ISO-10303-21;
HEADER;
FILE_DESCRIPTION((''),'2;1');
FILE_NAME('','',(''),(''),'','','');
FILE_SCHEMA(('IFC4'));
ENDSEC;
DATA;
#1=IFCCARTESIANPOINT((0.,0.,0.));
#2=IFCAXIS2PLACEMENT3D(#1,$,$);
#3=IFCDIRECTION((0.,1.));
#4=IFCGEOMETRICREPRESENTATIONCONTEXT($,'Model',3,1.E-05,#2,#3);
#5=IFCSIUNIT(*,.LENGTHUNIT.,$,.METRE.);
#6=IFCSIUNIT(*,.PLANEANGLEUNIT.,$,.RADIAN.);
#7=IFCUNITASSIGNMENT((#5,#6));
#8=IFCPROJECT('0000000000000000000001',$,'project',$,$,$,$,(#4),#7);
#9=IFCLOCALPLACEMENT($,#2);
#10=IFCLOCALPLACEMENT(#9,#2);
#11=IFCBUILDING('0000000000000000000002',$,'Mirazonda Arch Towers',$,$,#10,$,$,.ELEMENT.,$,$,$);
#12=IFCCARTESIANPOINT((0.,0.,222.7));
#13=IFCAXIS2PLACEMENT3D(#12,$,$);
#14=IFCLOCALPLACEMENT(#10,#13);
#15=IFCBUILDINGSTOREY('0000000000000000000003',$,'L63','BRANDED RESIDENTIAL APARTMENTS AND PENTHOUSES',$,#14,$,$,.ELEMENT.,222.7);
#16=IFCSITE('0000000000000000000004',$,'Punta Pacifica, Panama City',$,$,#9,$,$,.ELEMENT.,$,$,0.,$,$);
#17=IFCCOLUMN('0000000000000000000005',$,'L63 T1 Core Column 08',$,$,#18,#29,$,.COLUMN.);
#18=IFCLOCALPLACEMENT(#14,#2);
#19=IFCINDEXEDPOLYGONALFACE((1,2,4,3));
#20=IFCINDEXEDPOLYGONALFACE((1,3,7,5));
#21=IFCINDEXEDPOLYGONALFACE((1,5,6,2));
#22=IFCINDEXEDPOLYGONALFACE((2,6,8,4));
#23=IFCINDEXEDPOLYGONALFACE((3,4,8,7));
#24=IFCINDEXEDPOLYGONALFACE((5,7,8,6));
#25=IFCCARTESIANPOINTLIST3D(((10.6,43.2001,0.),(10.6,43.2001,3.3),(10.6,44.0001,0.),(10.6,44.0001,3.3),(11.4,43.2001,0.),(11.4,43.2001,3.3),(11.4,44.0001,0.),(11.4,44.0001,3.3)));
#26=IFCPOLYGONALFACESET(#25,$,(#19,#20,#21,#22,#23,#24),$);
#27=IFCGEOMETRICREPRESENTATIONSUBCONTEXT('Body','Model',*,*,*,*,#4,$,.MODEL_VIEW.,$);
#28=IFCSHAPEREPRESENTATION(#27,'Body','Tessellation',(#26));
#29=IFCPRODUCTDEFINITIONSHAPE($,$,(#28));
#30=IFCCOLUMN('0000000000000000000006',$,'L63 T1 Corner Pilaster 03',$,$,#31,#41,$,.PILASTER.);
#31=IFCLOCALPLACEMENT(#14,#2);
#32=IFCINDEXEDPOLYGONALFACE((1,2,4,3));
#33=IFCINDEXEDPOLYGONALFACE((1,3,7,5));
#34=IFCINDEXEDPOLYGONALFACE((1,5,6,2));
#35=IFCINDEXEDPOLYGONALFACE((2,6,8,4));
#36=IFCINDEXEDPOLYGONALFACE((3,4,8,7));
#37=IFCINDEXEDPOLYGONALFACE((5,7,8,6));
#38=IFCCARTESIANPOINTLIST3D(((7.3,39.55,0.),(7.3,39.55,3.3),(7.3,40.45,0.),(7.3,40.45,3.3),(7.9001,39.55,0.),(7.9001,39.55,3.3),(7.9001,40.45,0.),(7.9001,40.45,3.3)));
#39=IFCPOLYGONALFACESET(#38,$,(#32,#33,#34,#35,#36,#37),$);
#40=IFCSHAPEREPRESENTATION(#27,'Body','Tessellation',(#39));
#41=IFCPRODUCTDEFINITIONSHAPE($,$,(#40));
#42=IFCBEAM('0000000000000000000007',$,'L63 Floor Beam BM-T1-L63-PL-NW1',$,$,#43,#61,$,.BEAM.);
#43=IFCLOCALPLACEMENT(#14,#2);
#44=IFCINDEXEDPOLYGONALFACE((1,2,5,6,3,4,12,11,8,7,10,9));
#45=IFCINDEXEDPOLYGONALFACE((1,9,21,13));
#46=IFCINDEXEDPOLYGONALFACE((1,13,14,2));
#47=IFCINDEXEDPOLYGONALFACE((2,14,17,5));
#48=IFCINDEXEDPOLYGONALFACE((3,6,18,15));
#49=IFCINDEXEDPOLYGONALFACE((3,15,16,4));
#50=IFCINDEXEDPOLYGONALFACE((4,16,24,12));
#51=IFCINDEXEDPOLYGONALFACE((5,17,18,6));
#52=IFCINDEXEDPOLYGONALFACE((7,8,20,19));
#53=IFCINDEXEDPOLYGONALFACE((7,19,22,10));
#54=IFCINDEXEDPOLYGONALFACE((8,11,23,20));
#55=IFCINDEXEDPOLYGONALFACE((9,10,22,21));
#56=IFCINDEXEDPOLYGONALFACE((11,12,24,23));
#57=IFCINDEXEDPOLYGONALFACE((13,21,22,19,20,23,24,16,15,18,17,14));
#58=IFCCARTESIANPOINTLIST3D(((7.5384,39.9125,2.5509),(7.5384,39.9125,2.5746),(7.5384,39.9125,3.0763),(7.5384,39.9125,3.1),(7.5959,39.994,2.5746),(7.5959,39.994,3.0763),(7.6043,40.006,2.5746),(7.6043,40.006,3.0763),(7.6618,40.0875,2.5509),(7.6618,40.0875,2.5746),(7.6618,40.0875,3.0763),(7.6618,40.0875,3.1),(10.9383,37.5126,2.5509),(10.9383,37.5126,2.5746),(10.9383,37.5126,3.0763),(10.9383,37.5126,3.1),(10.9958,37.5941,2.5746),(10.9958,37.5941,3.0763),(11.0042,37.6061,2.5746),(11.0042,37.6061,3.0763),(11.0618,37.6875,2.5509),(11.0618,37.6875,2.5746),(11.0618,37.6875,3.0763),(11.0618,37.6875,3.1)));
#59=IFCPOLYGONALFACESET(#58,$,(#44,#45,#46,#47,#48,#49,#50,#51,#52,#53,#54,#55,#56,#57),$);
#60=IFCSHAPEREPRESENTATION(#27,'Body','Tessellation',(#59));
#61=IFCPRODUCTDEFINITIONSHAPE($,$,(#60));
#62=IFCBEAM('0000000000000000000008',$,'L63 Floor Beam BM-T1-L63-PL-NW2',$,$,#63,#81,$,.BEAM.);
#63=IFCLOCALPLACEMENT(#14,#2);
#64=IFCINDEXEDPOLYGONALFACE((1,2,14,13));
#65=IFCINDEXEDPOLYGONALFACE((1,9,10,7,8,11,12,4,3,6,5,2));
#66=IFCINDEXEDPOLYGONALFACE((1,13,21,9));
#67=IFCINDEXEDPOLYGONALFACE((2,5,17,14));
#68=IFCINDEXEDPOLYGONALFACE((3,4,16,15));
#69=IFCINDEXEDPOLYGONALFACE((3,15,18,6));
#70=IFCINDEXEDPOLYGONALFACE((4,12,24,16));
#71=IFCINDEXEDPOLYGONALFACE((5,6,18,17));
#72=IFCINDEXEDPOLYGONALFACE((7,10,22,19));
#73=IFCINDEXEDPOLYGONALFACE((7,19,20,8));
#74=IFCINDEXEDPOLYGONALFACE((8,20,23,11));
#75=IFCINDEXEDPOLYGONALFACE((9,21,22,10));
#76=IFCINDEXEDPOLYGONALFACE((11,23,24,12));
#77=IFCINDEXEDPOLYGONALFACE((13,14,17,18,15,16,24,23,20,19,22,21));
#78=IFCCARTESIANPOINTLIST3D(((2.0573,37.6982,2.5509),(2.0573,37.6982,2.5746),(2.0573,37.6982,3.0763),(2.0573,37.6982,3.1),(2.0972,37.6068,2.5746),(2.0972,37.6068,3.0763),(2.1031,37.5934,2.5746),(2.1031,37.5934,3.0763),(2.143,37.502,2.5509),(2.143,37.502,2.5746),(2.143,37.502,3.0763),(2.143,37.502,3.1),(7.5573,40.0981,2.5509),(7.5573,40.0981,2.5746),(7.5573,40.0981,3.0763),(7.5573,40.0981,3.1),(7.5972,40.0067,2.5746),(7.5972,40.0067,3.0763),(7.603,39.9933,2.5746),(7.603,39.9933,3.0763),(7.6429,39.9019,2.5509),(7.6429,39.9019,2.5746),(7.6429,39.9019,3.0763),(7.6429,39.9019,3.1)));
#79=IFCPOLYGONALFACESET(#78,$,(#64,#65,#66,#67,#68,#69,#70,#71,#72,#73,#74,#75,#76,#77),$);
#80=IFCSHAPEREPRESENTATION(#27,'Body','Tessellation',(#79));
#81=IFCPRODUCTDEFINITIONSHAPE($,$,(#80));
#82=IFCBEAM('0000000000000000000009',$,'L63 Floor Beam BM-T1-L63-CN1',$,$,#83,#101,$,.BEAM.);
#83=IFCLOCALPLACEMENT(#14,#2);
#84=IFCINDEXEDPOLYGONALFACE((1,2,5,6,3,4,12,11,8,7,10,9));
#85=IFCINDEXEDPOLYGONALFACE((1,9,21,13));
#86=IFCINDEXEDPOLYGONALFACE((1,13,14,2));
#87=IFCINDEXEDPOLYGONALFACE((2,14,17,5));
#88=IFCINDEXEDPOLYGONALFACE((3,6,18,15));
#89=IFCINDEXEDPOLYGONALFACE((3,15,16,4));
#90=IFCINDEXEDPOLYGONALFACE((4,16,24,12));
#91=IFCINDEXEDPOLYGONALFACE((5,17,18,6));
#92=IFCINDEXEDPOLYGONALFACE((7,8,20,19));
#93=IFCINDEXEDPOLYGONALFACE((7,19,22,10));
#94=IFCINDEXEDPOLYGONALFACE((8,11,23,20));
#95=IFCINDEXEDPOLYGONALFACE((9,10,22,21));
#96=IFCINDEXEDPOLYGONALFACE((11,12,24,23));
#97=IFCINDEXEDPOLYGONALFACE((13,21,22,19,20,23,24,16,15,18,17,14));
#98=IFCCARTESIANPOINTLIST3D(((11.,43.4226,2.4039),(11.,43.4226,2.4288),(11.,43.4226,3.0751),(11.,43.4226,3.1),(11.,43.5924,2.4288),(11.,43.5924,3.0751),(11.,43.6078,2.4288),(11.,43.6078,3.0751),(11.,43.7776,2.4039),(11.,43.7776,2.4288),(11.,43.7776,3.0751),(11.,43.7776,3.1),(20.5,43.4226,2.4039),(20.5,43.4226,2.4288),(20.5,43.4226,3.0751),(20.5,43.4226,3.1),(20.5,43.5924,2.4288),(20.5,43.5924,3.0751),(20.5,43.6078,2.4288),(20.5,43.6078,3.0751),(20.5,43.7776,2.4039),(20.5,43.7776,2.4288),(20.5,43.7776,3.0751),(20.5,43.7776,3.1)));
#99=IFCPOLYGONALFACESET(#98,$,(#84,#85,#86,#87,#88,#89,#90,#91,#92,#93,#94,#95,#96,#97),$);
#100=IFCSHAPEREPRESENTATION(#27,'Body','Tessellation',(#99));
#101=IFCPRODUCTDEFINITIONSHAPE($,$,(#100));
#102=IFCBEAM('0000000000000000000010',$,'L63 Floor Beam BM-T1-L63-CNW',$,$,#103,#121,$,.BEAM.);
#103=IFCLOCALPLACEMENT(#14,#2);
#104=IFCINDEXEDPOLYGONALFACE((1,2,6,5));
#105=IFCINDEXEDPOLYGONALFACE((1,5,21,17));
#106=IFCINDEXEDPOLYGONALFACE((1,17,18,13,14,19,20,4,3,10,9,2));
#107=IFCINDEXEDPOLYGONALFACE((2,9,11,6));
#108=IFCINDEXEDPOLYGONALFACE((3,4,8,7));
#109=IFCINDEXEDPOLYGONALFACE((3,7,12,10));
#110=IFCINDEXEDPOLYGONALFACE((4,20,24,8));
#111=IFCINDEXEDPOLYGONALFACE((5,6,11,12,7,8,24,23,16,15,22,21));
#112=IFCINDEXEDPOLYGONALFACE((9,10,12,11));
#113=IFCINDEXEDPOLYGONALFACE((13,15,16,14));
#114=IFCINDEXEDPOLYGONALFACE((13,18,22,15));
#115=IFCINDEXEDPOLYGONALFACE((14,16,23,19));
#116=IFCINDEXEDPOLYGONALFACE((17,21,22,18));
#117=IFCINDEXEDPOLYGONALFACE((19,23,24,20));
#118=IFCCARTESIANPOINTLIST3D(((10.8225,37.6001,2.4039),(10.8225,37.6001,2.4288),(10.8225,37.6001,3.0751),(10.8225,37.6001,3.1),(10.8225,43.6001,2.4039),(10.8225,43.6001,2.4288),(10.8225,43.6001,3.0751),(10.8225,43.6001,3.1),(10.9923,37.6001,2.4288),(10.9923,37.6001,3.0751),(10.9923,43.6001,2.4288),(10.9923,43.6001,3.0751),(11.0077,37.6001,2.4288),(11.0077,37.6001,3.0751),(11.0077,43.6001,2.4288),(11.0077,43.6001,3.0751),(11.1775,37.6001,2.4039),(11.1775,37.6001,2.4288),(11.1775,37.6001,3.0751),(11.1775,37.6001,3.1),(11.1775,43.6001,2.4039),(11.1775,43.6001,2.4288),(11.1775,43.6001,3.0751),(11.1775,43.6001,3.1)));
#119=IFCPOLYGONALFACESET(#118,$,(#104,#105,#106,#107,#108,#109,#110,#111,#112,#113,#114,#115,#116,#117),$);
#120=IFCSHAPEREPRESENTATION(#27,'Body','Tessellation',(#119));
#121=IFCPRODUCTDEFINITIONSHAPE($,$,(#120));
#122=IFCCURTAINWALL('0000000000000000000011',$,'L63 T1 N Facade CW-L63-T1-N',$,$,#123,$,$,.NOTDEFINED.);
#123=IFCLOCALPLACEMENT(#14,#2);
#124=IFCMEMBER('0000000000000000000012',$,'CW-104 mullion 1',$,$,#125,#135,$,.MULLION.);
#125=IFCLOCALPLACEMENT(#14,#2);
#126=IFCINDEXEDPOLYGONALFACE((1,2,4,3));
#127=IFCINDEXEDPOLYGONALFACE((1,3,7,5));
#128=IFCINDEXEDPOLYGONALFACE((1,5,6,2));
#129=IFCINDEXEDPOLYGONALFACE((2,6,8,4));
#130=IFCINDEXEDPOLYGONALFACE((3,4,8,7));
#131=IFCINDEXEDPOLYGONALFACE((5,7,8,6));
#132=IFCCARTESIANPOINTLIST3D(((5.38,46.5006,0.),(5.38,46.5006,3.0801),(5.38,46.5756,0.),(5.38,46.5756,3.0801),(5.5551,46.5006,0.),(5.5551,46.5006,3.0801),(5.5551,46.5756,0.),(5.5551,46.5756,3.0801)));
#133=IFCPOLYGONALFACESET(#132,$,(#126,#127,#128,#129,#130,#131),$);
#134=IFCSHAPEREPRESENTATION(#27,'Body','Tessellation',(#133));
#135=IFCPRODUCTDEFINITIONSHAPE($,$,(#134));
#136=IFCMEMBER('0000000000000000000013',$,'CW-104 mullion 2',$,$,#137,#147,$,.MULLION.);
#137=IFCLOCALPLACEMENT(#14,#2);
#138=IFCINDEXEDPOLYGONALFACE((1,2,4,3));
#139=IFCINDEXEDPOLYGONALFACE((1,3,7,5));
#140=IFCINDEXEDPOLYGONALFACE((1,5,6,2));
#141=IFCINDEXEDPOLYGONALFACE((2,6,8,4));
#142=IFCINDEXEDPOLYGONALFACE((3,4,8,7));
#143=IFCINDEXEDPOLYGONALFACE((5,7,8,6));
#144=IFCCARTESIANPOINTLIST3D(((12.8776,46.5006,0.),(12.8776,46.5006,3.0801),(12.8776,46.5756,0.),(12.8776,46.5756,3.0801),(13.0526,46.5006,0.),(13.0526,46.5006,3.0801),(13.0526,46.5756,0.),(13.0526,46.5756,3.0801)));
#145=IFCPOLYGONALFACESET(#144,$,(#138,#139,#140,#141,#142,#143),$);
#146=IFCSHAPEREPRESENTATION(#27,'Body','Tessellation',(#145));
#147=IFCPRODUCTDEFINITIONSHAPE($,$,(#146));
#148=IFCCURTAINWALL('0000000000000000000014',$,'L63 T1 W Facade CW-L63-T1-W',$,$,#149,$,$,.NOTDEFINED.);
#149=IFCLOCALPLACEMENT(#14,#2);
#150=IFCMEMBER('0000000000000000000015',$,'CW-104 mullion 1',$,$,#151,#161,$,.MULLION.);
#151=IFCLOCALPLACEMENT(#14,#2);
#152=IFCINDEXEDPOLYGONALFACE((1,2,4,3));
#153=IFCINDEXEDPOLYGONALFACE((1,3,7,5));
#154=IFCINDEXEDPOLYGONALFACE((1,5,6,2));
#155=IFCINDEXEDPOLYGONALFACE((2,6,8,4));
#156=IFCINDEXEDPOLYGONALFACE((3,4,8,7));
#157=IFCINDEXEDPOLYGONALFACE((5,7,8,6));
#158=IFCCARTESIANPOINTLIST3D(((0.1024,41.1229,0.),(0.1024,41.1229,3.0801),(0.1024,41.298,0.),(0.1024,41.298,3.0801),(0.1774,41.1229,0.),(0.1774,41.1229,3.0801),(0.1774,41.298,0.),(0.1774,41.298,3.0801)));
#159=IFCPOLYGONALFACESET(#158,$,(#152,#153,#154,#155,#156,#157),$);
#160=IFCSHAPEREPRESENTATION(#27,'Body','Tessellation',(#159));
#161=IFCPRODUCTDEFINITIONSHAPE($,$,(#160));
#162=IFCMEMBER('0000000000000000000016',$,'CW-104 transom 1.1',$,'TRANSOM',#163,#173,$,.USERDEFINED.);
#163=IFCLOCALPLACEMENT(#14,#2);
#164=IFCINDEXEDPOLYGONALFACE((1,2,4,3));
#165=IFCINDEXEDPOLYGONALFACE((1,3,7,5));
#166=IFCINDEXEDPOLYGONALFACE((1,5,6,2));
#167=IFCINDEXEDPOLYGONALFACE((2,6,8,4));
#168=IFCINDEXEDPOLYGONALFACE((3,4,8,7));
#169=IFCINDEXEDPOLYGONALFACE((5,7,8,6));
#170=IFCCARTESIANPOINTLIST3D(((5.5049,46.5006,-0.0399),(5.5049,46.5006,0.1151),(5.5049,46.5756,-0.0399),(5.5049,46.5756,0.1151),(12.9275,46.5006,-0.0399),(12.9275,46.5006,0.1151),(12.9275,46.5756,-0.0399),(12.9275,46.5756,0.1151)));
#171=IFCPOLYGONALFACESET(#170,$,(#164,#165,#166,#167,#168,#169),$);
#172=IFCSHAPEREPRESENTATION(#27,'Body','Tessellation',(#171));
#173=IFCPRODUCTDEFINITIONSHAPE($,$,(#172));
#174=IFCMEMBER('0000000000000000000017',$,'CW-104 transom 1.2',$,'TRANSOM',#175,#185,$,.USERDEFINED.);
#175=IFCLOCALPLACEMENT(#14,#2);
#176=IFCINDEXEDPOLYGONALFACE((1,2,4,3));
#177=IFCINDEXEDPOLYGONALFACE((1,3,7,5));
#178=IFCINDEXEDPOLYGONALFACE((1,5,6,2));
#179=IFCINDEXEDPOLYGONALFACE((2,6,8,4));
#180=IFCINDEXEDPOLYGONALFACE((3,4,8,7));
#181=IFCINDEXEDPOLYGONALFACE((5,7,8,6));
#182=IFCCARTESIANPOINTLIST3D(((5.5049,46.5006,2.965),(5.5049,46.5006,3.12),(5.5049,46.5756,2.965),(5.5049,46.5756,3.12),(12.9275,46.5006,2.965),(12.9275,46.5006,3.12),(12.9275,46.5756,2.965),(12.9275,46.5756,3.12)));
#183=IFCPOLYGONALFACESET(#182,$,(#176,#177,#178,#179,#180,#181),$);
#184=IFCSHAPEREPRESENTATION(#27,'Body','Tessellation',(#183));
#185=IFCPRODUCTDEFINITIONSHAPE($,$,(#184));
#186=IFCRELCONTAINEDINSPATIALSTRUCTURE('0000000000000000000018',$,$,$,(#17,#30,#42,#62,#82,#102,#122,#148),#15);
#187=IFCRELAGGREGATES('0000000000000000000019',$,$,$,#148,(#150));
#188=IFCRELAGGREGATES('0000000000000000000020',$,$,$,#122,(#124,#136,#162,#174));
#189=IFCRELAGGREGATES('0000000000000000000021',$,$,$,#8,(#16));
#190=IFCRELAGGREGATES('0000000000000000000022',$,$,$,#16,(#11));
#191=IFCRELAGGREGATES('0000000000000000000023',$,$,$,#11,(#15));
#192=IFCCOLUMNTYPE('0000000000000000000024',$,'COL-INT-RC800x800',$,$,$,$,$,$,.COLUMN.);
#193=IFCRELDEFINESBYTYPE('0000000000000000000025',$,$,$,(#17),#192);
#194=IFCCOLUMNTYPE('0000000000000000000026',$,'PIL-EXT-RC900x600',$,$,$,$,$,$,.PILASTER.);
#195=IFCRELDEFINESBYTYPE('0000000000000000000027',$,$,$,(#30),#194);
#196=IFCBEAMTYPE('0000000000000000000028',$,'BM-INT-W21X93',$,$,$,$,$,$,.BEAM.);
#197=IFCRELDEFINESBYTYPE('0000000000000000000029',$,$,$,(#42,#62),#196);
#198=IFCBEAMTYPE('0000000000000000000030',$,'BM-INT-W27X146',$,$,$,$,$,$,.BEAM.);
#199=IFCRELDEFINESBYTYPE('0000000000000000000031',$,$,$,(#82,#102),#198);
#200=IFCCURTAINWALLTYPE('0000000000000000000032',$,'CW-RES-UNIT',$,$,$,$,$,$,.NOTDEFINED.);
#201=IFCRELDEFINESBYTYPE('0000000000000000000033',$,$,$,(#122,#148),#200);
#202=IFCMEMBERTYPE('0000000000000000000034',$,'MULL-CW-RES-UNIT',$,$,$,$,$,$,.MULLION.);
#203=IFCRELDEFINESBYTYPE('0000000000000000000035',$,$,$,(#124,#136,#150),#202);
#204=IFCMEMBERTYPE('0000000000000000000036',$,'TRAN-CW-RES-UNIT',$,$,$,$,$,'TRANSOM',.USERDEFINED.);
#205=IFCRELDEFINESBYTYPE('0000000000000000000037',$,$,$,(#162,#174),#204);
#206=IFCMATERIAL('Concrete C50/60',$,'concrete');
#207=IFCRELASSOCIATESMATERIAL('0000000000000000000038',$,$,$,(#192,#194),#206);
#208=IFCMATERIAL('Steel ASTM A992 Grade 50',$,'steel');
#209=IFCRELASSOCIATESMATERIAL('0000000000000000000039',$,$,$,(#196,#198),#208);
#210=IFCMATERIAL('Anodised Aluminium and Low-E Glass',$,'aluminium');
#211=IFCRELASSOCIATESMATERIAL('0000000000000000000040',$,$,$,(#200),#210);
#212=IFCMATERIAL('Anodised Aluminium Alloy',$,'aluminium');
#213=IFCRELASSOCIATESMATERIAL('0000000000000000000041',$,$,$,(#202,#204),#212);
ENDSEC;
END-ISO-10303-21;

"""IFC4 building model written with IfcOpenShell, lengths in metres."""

from ifc_helpers import new_model, si_unit, direction, frame, origin, origin_2d, place, context, subcontext, project, spatial, rectangle, i_section, extrude, material, material_profile, profile_set, type_object, element, aggregate, save


model = new_model("IFC4")

# Units and contexts
model_context = context("Model", 3, precision=1e-05, world=origin(), true_north=direction((0.0, 1.0)))
body_context = subcontext(model_context, "Body", "Model", "MODEL_VIEW")
ifc_project = project(units=[si_unit("LENGTHUNIT", "METRE"), si_unit("PLANEANGLEUNIT", "RADIAN")], contexts=[model_context])

# Site, building, storey
site_placement = place(None, origin())
site = spatial("IfcSite", under=ifc_project, at=site_placement, Name="Punta Pacifica, Panama City", CompositionType="ELEMENT", RefElevation=0.0)
building_placement = place(site_placement, origin())
building = spatial("IfcBuilding", under=site, at=building_placement, Name="Mirazonda Arch Towers", CompositionType="ELEMENT")
storey_placement = place(building_placement, frame((0.0, 0.0, 222.7)))
storey = spatial("IfcBuildingStorey", under=building, at=storey_placement, Name="L63", Description="BRANDED RESIDENTIAL APARTMENTS AND PENTHOUSES", CompositionType="ELEMENT", Elevation=222.7)

# Columns
ifc_material_1 = material(Name="Concrete C50/60", Category="concrete")
ifc_material_profile_1 = material_profile(ifc_material_1, rectangle(XDim=0.8, YDim=0.8, at=origin_2d()), Name="RC800x800")
ifc_profile_set_1 = profile_set([ifc_material_profile_1], Name="Concrete C50/60")
column_type_1 = type_object("IfcColumnType", Name="COL-INT-RC800x800", PredefinedType="COLUMN", material=ifc_profile_set_1)
column_1_placement = place(storey_placement, frame((11.0, 43.6001, 0.0), z_axis=(0.0, 0.0, 1.0), x_axis=(1.0, 0.0, 0.0)))
element("IfcColumn", 1, at=column_1_placement, inside=storey, type_object=column_type_1, Name="L63 T1 Core Column 08", PredefinedType="COLUMN", context=body_context, shape_type="SweptSolid", body=[
    extrude(rectangle(XDim=0.8, YDim=0.8, at=origin_2d()), origin(), (0.0, 0.0, 1.0), 3.3),
])
ifc_material_profile_2 = material_profile(ifc_material_1, rectangle(XDim=0.6001, YDim=0.8999, at=origin_2d()), Name="RC900x600")
ifc_profile_set_2 = profile_set([ifc_material_profile_2], Name="Concrete C50/60")
column_type_2 = type_object("IfcColumnType", Name="PIL-EXT-RC900x600", PredefinedType="PILASTER", material=ifc_profile_set_2)
column_2_placement = place(storey_placement, frame((7.6001, 40.0, 0.0), z_axis=(0.0, 0.0, 1.0), x_axis=(1.0, 0.0, 0.0)))
element("IfcColumn", 2, at=column_2_placement, inside=storey, type_object=column_type_2, Name="L63 T1 Corner Pilaster 03", PredefinedType="PILASTER", context=body_context, shape_type="SweptSolid", body=[
    extrude(rectangle(XDim=0.6001, YDim=0.8999, at=origin_2d()), origin(), (0.0, 0.0, 1.0), 3.3),
])

# Beams
ifc_material_2 = material(Name="Steel ASTM A992 Grade 50", Category="steel")
ifc_material_profile_3 = material_profile(ifc_material_2, i_section(OverallWidth=0.2141, OverallDepth=0.5491, WebThickness=0.0146, FlangeThickness=0.0237, at=origin_2d()), Name="W21X93")
ifc_profile_set_3 = profile_set([ifc_material_profile_3], Name="Steel ASTM A992 Grade 50")
beam_type_1 = type_object("IfcBeamType", Name="BM-INT-W21X93", PredefinedType="BEAM", material=ifc_profile_set_3)
beam_1_placement = place(storey_placement, frame((7.6001, 40.0, 2.8254), z_axis=(0.816971, -0.576679, 0.0), x_axis=(0.576679, 0.816971, 0.0)))
element("IfcBeam", 3, at=beam_1_placement, inside=storey, type_object=beam_type_1, Name="L63 Floor Beam BM-T1-L63-PL-NW1", PredefinedType="BEAM", context=body_context, shape_type="SweptSolid", body=[
    extrude(i_section(OverallWidth=0.2141, OverallDepth=0.5491, WebThickness=0.0146, FlangeThickness=0.0237, at=origin_2d()), origin(), (0.0, 0.0, 1.0), 4.1616),
])
beam_2_placement = place(storey_placement, frame((7.6001, 40.0, 2.8254), z_axis=(-0.916545, -0.399931, 0.0), x_axis=(0.399931, -0.916545, 0.0)))
element("IfcBeam", 4, at=beam_2_placement, inside=storey, type_object=beam_type_1, Name="L63 Floor Beam BM-T1-L63-PL-NW2", PredefinedType="BEAM", context=body_context, shape_type="SweptSolid", body=[
    extrude(i_section(OverallWidth=0.2141, OverallDepth=0.5491, WebThickness=0.0146, FlangeThickness=0.0237, at=origin_2d()), origin(), (0.0, 0.0, 1.0), 6.0007),
])
ifc_material_profile_4 = material_profile(ifc_material_2, i_section(OverallWidth=0.355, OverallDepth=0.696, WebThickness=0.0154, FlangeThickness=0.0249, at=origin_2d()), Name="W27X146")
ifc_profile_set_4 = profile_set([ifc_material_profile_4], Name="Steel ASTM A992 Grade 50")
beam_type_2 = type_object("IfcBeamType", Name="BM-INT-W27X146", PredefinedType="BEAM", material=ifc_profile_set_4)
beam_3_placement = place(storey_placement, frame((11.0, 43.6001, 2.752), z_axis=(1.0, 0.0, 0.0), x_axis=(0.0, 1.0, 0.0)))
element("IfcBeam", 5, at=beam_3_placement, inside=storey, type_object=beam_type_2, Name="L63 Floor Beam BM-T1-L63-CN1", PredefinedType="BEAM", context=body_context, shape_type="SweptSolid", body=[
    extrude(i_section(OverallWidth=0.355, OverallDepth=0.696, WebThickness=0.0154, FlangeThickness=0.0249, at=origin_2d()), origin(), (0.0, 0.0, 1.0), 9.5),
])
beam_4_placement = place(storey_placement, frame((11.0, 37.6001, 2.752), z_axis=(0.0, 1.0, 0.0), x_axis=(-1.0, 0.0, 0.0)))
element("IfcBeam", 6, at=beam_4_placement, inside=storey, type_object=beam_type_2, Name="L63 Floor Beam BM-T1-L63-CNW", PredefinedType="BEAM", context=body_context, shape_type="SweptSolid", body=[
    extrude(i_section(OverallWidth=0.355, OverallDepth=0.696, WebThickness=0.0154, FlangeThickness=0.0249, at=origin_2d()), origin(), (0.0, 0.0, 1.0), 6.0),
])

# Curtain wall, members
ifc_material_3 = material(Name="Anodised Aluminium and Low-E Glass", Category="aluminium")
curtain_wall_type = type_object("IfcCurtainWallType", Name="CW-RES-UNIT", PredefinedType="NOTDEFINED", material=ifc_material_3)
curtain_wall_1_placement = place(storey_placement, origin())
curtain_wall_1 = element("IfcCurtainWall", 7, at=curtain_wall_1_placement, inside=storey, type_object=curtain_wall_type, Name="L63 T1 N Facade CW-L63-T1-N", PredefinedType="NOTDEFINED")
ifc_material_4 = material(Name="Anodised Aluminium Alloy", Category="aluminium")
ifc_material_profile_5 = material_profile(ifc_material_4, rectangle(XDim=0.075, YDim=0.175, at=origin_2d()), Name="ALU-MULL-75x175")
ifc_profile_set_5 = profile_set([ifc_material_profile_5], Name="Anodised Aluminium Alloy")
member_type_1 = type_object("IfcMemberType", Name="MULL-CW-RES-UNIT", PredefinedType="MULLION", material=ifc_profile_set_5)
member_1_placement = place(storey_placement, frame((5.4675, 46.5381, 0.0), z_axis=(0.0, 0.0, 1.0), x_axis=(0.0, 1.0, 0.0)))
member_1 = element("IfcMember", 8, at=member_1_placement, type_object=member_type_1, Name="CW-104 mullion 1", PredefinedType="MULLION", context=body_context, shape_type="SweptSolid", body=[
    extrude(rectangle(XDim=0.075, YDim=0.175, at=origin_2d()), origin(), (0.0, 0.0, 1.0), 3.0801),
])
member_2_placement = place(storey_placement, frame((12.9651, 46.5381, 0.0), z_axis=(0.0, 0.0, 1.0), x_axis=(0.0, 1.0, 0.0)))
member_2 = element("IfcMember", 9, at=member_2_placement, type_object=member_type_1, Name="CW-104 mullion 2", PredefinedType="MULLION", context=body_context, shape_type="SweptSolid", body=[
    extrude(rectangle(XDim=0.075, YDim=0.175, at=origin_2d()), origin(), (0.0, 0.0, 1.0), 3.0801),
])

# Curtain wall, member
curtain_wall_2_placement = place(storey_placement, origin())
curtain_wall_2 = element("IfcCurtainWall", 10, at=curtain_wall_2_placement, inside=storey, type_object=curtain_wall_type, Name="L63 T1 W Facade CW-L63-T1-W", PredefinedType="NOTDEFINED")
member_3_placement = place(storey_placement, frame((0.1399, 41.2104, 0.0), z_axis=(0.0, 0.0, 1.0), x_axis=(1.0, 0.0, 0.0)))
member_3 = element("IfcMember", 11, at=member_3_placement, type_object=member_type_1, Name="CW-104 mullion 1", PredefinedType="MULLION", context=body_context, shape_type="SweptSolid", body=[
    extrude(rectangle(XDim=0.075, YDim=0.175, at=origin_2d()), origin(), (0.0, 0.0, 1.0), 3.0801),
])

# Members
ifc_material_profile_6 = material_profile(ifc_material_4, rectangle(XDim=0.075, YDim=0.155, at=origin_2d()), Name="ALU-TRAN-75x155")
ifc_profile_set_6 = profile_set([ifc_material_profile_6], Name="Anodised Aluminium Alloy")
member_type_2 = type_object("IfcMemberType", Name="TRAN-CW-RES-UNIT", ElementType="TRANSOM", PredefinedType="USERDEFINED", material=ifc_profile_set_6)
member_4_placement = place(storey_placement, frame((5.5049, 46.5381, 0.0376), z_axis=(1.0, 0.0, 0.0), x_axis=(0.0, 1.0, 0.0)))
member_4 = element("IfcMember", 12, at=member_4_placement, type_object=member_type_2, Name="CW-104 transom 1.1", ObjectType="TRANSOM", PredefinedType="USERDEFINED", context=body_context, shape_type="SweptSolid", body=[
    extrude(rectangle(XDim=0.075, YDim=0.155, at=origin_2d()), origin(), (0.0, 0.0, 1.0), 7.4226),
])
member_5_placement = place(storey_placement, frame((5.5049, 46.5381, 3.0425), z_axis=(1.0, 0.0, 0.0), x_axis=(0.0, 1.0, 0.0)))
member_5 = element("IfcMember", 13, at=member_5_placement, type_object=member_type_2, Name="CW-104 transom 1.2", ObjectType="TRANSOM", PredefinedType="USERDEFINED", context=body_context, shape_type="SweptSolid", body=[
    extrude(rectangle(XDim=0.075, YDim=0.155, at=origin_2d()), origin(), (0.0, 0.0, 1.0), 7.4226),
])
aggregate(curtain_wall_2, [member_3])

aggregate(curtain_wall_1, [member_1, member_2, member_4, member_5])

save(model, "model.ifc")
